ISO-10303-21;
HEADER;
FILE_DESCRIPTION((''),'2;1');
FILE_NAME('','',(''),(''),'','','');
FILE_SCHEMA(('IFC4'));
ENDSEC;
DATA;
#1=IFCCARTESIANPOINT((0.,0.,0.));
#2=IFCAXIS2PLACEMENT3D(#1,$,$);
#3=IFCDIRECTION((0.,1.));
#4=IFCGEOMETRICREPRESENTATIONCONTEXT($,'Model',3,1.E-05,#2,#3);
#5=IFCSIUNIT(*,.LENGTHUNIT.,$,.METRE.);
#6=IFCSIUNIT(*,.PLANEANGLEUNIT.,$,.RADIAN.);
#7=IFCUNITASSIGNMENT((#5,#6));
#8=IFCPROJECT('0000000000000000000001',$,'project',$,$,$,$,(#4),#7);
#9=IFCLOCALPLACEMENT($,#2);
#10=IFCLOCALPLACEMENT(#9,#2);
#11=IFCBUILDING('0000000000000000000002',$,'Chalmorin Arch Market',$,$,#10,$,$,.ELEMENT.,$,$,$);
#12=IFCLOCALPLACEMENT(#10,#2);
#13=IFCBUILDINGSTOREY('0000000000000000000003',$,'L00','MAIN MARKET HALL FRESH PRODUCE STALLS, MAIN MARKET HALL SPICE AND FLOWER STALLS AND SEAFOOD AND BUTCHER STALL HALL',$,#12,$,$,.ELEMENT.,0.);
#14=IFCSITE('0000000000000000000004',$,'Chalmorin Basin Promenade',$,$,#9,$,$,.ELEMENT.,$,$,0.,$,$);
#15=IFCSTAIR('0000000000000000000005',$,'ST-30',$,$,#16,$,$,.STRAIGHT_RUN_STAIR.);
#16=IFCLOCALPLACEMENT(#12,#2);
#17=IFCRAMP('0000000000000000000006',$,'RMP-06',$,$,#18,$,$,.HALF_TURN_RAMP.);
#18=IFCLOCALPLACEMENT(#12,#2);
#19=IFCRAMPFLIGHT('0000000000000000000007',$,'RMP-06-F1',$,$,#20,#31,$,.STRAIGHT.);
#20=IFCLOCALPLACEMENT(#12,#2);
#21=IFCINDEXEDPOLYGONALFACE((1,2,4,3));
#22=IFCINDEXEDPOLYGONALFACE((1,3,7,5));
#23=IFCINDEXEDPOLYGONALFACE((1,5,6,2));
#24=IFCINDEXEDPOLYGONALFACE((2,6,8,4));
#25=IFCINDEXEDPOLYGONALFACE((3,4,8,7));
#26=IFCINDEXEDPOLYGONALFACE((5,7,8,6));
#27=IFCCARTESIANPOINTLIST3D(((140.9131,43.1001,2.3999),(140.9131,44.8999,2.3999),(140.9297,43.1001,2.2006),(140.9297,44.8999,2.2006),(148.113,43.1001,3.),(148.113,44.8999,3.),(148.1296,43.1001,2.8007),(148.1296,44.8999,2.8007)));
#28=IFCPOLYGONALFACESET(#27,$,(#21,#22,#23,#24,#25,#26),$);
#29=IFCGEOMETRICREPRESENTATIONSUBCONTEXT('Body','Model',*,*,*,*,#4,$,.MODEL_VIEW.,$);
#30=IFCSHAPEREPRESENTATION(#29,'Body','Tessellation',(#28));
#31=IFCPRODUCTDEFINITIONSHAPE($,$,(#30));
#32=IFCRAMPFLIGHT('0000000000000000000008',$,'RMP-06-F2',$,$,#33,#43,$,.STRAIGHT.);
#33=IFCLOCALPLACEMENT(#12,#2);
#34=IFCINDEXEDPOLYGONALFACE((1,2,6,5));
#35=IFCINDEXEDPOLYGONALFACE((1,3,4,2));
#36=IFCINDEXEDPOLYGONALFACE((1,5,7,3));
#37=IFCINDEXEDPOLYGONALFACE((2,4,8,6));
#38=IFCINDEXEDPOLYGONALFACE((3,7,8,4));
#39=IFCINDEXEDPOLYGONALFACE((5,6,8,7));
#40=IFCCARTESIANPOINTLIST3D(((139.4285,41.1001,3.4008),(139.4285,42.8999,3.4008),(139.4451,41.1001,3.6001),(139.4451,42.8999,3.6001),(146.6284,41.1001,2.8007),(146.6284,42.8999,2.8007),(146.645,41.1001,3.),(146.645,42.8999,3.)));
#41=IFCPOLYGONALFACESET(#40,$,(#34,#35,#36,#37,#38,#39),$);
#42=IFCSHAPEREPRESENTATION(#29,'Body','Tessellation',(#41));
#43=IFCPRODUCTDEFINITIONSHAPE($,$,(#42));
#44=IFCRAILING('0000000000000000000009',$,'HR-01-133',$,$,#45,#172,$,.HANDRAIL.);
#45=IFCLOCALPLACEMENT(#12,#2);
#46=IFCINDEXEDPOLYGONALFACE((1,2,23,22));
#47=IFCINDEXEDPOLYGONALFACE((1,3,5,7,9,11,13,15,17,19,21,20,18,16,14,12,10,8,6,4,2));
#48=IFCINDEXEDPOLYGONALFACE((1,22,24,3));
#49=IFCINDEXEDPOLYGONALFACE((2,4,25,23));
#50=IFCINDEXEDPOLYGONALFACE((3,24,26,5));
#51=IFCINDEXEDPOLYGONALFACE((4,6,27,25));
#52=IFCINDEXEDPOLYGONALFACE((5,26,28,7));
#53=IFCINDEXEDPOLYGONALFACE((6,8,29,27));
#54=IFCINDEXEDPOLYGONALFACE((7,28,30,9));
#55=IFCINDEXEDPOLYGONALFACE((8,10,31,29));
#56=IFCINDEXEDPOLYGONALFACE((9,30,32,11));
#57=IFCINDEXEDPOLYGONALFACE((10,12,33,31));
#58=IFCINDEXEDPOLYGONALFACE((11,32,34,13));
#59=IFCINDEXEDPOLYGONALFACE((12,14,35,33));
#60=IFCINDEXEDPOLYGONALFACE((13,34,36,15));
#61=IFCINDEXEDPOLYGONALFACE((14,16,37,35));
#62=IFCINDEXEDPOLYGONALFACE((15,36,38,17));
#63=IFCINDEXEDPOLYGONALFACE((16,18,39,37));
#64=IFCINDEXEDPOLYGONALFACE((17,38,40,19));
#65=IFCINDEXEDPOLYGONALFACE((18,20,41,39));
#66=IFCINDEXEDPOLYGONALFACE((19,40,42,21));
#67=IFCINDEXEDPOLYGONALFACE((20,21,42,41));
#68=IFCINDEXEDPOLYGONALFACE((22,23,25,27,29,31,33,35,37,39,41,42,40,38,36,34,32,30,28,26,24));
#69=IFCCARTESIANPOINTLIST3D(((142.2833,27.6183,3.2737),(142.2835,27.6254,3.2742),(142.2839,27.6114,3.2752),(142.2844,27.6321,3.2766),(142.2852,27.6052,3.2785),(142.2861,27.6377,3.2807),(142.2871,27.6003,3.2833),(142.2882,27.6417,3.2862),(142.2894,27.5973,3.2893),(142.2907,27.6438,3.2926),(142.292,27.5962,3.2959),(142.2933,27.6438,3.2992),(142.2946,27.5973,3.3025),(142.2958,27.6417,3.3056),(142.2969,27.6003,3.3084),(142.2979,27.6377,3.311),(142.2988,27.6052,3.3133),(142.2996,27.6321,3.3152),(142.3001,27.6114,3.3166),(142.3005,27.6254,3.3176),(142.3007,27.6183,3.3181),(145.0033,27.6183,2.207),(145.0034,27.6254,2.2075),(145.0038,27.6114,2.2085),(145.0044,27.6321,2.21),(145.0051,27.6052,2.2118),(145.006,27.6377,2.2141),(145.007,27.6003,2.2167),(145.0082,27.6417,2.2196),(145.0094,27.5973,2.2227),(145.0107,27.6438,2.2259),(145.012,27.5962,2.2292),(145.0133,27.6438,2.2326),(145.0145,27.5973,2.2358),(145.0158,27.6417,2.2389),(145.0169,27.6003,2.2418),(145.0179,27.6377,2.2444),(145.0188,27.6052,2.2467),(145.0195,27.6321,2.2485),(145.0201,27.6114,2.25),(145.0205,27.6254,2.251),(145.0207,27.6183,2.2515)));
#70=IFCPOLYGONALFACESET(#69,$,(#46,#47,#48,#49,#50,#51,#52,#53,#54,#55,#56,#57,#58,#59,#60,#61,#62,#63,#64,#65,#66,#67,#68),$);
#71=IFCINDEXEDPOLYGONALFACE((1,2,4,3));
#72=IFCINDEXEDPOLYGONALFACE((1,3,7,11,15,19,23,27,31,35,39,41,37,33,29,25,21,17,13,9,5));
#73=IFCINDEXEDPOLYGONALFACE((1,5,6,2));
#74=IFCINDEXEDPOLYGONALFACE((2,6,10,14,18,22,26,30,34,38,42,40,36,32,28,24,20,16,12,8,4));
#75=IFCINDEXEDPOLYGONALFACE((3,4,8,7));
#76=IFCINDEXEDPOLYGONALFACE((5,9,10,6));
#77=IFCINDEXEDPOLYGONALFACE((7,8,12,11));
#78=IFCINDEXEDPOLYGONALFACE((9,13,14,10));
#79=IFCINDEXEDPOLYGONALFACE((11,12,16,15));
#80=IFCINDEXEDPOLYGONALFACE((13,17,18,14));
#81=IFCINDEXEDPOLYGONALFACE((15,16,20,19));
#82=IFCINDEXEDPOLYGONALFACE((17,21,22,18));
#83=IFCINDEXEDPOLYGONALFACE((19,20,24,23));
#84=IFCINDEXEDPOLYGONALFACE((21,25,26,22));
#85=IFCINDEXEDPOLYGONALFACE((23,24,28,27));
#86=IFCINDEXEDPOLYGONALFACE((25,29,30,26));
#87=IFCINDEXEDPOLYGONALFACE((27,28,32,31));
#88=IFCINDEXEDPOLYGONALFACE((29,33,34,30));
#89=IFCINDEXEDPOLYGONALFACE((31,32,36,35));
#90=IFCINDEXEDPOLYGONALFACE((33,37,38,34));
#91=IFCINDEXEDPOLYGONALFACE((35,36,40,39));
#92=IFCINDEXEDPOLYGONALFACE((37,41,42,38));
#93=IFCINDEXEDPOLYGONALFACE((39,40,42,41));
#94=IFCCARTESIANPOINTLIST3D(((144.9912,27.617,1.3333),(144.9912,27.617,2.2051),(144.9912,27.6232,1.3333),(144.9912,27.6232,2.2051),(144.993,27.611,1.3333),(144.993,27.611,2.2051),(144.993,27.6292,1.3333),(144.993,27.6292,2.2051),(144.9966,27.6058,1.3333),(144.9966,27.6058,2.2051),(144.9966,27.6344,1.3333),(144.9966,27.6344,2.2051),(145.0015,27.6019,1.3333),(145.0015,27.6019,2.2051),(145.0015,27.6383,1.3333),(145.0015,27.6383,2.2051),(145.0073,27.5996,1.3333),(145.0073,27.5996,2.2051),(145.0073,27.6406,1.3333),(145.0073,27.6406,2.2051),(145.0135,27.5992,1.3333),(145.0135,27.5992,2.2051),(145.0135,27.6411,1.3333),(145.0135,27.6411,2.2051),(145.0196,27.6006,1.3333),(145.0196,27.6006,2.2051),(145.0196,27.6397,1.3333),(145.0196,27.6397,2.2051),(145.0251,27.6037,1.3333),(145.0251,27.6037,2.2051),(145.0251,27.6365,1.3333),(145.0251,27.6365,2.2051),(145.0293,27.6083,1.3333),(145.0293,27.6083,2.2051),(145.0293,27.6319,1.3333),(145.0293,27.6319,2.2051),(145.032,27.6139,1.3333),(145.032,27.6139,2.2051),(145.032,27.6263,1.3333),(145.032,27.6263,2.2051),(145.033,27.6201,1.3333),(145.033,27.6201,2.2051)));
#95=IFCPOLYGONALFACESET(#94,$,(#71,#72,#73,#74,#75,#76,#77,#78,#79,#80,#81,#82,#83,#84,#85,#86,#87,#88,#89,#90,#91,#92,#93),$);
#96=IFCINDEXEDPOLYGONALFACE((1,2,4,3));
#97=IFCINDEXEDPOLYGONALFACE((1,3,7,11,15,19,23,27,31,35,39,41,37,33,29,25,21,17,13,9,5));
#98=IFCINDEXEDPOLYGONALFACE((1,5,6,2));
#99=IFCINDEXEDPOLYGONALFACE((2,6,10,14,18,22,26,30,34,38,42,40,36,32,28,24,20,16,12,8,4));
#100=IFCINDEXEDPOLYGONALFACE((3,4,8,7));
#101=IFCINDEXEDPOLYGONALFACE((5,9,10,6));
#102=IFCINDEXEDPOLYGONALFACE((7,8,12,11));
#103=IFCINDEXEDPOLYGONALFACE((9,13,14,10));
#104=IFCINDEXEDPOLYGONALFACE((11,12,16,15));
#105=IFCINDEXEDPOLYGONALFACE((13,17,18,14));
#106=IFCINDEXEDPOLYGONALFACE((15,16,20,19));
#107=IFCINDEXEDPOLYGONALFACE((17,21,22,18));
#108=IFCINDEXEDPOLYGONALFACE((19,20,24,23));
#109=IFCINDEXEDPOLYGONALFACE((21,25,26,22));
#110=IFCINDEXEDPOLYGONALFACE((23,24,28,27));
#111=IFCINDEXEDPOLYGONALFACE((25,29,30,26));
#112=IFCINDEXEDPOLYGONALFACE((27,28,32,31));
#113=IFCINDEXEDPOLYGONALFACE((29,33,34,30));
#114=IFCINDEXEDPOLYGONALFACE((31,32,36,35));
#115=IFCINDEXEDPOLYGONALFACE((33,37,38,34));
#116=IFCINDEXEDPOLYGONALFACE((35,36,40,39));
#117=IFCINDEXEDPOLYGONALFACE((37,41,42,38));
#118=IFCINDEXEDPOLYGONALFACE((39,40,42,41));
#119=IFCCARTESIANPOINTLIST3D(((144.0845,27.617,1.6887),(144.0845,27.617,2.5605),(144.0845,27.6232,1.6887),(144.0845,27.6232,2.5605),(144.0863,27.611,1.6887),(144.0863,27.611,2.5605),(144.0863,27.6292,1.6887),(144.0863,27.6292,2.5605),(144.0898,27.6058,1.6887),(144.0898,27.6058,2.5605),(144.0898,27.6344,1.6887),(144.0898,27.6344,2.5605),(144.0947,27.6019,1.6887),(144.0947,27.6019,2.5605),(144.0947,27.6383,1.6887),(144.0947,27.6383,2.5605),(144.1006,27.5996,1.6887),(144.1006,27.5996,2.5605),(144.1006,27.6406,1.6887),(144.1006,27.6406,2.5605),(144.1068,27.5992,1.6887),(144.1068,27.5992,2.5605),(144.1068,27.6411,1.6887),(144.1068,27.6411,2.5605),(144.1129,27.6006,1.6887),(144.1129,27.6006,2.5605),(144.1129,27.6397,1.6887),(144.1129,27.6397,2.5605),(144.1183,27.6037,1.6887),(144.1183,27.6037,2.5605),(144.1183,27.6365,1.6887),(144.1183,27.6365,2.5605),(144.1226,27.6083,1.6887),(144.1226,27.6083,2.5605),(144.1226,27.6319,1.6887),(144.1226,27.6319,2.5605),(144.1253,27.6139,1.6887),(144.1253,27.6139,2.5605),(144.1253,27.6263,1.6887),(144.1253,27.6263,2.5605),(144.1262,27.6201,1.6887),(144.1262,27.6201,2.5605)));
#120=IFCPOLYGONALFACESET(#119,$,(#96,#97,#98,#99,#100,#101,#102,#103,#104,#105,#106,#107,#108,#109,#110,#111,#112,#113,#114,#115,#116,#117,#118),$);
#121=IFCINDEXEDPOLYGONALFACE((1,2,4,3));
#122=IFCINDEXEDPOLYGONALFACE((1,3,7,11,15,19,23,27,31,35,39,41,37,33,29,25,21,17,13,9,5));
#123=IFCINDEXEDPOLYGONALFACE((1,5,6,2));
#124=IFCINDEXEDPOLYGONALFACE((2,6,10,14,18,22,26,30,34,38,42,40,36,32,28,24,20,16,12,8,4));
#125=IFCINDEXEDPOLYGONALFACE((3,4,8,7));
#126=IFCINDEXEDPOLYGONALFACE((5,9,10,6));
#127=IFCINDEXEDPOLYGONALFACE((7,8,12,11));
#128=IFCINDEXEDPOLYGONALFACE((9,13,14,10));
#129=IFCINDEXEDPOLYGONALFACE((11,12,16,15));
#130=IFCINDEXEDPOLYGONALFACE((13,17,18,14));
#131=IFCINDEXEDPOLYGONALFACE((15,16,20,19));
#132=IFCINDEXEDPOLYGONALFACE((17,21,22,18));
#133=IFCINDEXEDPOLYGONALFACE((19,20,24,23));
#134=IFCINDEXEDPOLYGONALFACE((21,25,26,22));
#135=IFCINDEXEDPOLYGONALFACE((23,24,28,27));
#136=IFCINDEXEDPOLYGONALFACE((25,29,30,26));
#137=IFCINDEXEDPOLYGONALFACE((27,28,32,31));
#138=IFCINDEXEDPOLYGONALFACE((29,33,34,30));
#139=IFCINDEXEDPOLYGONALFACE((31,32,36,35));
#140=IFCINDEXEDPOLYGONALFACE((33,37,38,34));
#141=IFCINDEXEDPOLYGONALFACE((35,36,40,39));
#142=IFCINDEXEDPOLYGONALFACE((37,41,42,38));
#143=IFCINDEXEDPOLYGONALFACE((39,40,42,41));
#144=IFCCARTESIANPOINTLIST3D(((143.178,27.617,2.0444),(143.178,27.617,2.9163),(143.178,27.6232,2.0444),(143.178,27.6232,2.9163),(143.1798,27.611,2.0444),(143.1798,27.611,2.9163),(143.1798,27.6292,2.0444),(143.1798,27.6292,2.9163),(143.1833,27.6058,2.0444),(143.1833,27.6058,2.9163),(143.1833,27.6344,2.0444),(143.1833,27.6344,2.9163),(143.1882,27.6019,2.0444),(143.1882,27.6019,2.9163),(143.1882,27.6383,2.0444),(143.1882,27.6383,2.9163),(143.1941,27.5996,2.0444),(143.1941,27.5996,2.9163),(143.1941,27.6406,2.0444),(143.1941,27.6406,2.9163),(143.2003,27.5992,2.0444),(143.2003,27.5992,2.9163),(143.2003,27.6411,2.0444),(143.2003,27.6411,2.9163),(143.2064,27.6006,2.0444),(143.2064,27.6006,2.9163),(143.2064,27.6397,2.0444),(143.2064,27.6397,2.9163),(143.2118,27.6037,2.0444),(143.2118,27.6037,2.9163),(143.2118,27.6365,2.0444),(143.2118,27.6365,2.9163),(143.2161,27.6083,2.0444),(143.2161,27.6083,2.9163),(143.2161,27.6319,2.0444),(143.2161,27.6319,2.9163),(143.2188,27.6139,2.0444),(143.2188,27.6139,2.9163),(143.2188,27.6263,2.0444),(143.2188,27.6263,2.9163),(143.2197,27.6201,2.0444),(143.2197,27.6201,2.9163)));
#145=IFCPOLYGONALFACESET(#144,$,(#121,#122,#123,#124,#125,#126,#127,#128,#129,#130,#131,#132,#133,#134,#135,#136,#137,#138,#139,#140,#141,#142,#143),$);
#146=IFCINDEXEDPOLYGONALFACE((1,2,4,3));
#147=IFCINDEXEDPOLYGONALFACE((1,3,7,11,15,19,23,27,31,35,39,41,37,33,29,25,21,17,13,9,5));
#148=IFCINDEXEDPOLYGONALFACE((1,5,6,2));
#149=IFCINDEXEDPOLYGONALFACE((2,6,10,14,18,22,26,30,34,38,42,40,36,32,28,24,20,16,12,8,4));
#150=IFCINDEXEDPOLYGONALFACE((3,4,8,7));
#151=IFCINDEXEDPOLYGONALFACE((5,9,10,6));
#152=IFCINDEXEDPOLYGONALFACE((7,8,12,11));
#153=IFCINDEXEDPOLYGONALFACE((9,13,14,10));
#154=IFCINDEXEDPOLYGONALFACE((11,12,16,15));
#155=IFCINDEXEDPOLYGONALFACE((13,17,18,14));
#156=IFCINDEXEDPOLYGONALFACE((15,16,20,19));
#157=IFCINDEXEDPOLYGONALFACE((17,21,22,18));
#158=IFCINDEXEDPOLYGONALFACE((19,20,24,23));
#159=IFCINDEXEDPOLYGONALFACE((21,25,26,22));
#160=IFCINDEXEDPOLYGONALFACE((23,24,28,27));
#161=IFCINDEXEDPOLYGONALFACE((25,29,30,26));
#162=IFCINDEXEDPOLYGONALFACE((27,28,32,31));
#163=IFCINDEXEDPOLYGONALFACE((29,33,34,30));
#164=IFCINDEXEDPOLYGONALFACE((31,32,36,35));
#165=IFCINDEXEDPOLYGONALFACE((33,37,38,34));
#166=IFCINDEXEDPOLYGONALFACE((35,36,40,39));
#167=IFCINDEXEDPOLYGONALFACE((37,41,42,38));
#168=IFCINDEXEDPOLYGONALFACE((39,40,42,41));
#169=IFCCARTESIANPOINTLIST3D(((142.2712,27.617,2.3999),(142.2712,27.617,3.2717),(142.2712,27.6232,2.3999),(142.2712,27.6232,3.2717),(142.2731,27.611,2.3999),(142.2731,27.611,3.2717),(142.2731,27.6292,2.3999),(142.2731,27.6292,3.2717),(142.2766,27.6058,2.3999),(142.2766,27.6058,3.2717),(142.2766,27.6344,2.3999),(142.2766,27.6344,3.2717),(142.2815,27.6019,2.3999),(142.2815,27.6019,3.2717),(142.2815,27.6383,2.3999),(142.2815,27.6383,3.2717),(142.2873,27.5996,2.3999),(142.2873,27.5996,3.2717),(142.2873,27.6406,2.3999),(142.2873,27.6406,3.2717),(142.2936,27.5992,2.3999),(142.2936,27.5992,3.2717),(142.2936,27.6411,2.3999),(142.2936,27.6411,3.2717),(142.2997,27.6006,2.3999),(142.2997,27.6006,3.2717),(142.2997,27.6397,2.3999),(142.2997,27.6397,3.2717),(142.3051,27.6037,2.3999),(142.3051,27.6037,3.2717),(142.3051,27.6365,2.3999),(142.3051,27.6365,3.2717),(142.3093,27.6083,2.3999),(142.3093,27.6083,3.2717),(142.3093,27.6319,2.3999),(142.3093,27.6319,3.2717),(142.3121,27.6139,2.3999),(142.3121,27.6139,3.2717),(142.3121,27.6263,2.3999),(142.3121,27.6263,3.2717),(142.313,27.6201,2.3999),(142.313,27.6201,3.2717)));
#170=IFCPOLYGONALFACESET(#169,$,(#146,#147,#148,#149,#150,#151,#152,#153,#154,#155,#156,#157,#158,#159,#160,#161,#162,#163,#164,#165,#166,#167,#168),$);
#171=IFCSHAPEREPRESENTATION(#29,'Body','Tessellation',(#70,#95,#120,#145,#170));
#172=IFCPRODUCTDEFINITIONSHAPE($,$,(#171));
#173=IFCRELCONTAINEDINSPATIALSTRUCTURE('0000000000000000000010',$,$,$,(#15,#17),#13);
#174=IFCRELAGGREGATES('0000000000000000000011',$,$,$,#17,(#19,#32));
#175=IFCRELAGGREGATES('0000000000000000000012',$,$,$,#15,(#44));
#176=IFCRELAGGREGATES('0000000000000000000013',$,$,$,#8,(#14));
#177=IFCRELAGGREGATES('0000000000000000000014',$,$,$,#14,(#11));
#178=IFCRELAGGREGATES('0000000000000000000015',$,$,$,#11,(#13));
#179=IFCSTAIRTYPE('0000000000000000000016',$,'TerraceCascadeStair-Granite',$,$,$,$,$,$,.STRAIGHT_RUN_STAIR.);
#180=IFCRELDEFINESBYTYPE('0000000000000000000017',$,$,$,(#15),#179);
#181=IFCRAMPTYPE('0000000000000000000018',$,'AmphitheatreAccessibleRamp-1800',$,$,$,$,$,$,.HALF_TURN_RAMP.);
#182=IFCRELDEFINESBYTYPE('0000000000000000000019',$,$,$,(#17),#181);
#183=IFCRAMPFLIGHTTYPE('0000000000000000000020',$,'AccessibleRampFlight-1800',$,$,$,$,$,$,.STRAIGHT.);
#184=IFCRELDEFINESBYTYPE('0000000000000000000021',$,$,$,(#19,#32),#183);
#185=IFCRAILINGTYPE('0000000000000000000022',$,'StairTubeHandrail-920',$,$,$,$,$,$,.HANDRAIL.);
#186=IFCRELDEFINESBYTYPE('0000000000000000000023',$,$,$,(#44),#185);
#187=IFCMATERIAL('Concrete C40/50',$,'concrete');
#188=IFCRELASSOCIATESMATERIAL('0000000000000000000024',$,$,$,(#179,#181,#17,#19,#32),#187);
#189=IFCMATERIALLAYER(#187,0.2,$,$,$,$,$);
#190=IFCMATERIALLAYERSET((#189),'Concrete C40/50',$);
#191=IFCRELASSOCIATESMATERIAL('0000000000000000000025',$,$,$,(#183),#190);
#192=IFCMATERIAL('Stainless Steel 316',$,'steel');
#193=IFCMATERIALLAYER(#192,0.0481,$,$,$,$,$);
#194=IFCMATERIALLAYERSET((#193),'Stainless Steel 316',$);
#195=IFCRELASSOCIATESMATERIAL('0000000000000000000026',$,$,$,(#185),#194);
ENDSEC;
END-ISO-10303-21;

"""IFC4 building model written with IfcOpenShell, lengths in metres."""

from ifc_helpers import new_model, si_unit, direction, frame, origin, origin_2d, place, context, subcontext, project, spatial, polyline, circle, outline, extrude, material, layer, layer_set, type_object, element, aggregate, save


model = new_model("IFC4")

# Units and contexts
model_context = context("Model", 3, precision=1e-05, world=origin(), true_north=direction((0.0, 1.0)))
body_context = subcontext(model_context, "Body", "Model", "MODEL_VIEW")
ifc_project = project(units=[si_unit("LENGTHUNIT", "METRE"), si_unit("PLANEANGLEUNIT", "RADIAN")], contexts=[model_context])

# Site, building, storey
site_placement = place(None, origin())
site = spatial("IfcSite", under=ifc_project, at=site_placement, Name="Chalmorin Basin Promenade", CompositionType="ELEMENT", RefElevation=0.0)
building_placement = place(site_placement, origin())
building = spatial("IfcBuilding", under=site, at=building_placement, Name="Chalmorin Arch Market", CompositionType="ELEMENT")
storey_placement = place(building_placement, origin())
storey = spatial("IfcBuildingStorey", under=building, at=storey_placement, Name="L00", Description="MAIN MARKET HALL FRESH PRODUCE STALLS, MAIN MARKET HALL SPICE AND FLOWER STALLS AND SEAFOOD AND BUTCHER STALL HALL", CompositionType="ELEMENT", Elevation=0.0)

# Shared definitions
ifc_material_1 = material(Name="Concrete C40/50", Category="concrete")

# Stair
stair_type = type_object("IfcStairType", Name="TerraceCascadeStair-Granite", PredefinedType="STRAIGHT_RUN_STAIR", material=ifc_material_1)
stair_1_placement = place(storey_placement, origin())
stair_1 = element("IfcStair", 1, at=stair_1_placement, inside=storey, type_object=stair_type, Name="ST-30", PredefinedType="STRAIGHT_RUN_STAIR")

# Ramp, ramp flights
ramp_type = type_object("IfcRampType", Name="AmphitheatreAccessibleRamp-1800", PredefinedType="HALF_TURN_RAMP", material=ifc_material_1)
ifc_layer_1 = layer(ifc_material_1, 0.2)
ifc_layer_set_1 = layer_set([ifc_layer_1], Name="Concrete C40/50")
ramp_flight_type = type_object("IfcRampFlightType", Name="AccessibleRampFlight-1800", PredefinedType="STRAIGHT", material=ifc_layer_set_1)
ramp_1_placement = place(storey_placement, origin())
ramp_1 = element("IfcRamp", 2, at=ramp_1_placement, inside=storey, type_object=ramp_type, material=ifc_material_1, Name="RMP-06", PredefinedType="HALF_TURN_RAMP")
ramp_flight_1_placement = place(storey_placement, frame((140.9131, 43.1001, 2.3999), z_axis=(-0.083059, 0.0, 0.996545), x_axis=(0.996545, 0.0, 0.083059)))
ramp_flight_1 = element("IfcRampFlight", 3, at=ramp_flight_1_placement, type_object=ramp_flight_type, material=ifc_material_1, Name="RMP-06-F1", PredefinedType="STRAIGHT", context=body_context, shape_type="SweptSolid", body=[
    extrude(outline(polyline([(0.0, 0.0), (7.2249, 0.0), (7.2249, 1.7998), (0.0, 1.7998), (0.0, 0.0)])), origin(), (0.0, 0.0, -1.0), 0.2),
])
ramp_flight_2_placement = place(storey_placement, frame((139.4451, 41.1001, 3.6001), z_axis=(0.083059, 0.0, 0.996545), x_axis=(0.996545, 0.0, -0.083059)))
ramp_flight_2 = element("IfcRampFlight", 4, at=ramp_flight_2_placement, type_object=ramp_flight_type, material=ifc_material_1, Name="RMP-06-F2", PredefinedType="STRAIGHT", context=body_context, shape_type="SweptSolid", body=[
    extrude(outline(polyline([(0.0, 0.0), (7.2249, 0.0), (7.2249, 1.7998), (0.0, 1.7998), (0.0, 0.0)])), origin(), (0.0, 0.0, -1.0), 0.2),
])
aggregate(ramp_1, [ramp_flight_1, ramp_flight_2])

# Railing
ifc_material_2 = material(Name="Stainless Steel 316", Category="steel")
ifc_layer_2 = layer(ifc_material_2, 0.0481)
ifc_layer_set_2 = layer_set([ifc_layer_2], Name="Stainless Steel 316")
railing_type_1 = type_object("IfcRailingType", Name="StairTubeHandrail-920", PredefinedType="HANDRAIL", material=ifc_layer_set_2)
railing_1_placement = place(storey_placement, frame((145.012, 27.6201, 1.3333)))
railing_1 = element("IfcRailing", 5, at=railing_1_placement, type_object=railing_type_1, Name="HR-01-133", PredefinedType="HANDRAIL", context=body_context, shape_type="SweptSolid", body=[
    extrude(circle(Radius=0.0239, at=origin_2d()), frame((0.0, 0.0, 0.896), z_axis=(-0.930974, 0.0, 0.365086), x_axis=(0.0, -1.0, 0.0)), (0.0, 0.0, 1.0), 2.9216),
    extrude(circle(Radius=0.021, at=origin_2d()), origin(), (0.0, 0.0, 1.0), 0.8718),
    extrude(circle(Radius=0.021, at=origin_2d()), frame((-0.9067, 0.0, 0.3555)), (0.0, 0.0, 1.0), 0.8718),
    extrude(circle(Radius=0.021, at=origin_2d()), frame((-1.8132, 0.0, 0.7112)), (0.0, 0.0, 1.0), 0.8718),
    extrude(circle(Radius=0.021, at=origin_2d()), frame((-2.72, 0.0, 1.0667)), (0.0, 0.0, 1.0), 0.8718),
])
aggregate(stair_1, [railing_1])

save(model, "model.ifc")
